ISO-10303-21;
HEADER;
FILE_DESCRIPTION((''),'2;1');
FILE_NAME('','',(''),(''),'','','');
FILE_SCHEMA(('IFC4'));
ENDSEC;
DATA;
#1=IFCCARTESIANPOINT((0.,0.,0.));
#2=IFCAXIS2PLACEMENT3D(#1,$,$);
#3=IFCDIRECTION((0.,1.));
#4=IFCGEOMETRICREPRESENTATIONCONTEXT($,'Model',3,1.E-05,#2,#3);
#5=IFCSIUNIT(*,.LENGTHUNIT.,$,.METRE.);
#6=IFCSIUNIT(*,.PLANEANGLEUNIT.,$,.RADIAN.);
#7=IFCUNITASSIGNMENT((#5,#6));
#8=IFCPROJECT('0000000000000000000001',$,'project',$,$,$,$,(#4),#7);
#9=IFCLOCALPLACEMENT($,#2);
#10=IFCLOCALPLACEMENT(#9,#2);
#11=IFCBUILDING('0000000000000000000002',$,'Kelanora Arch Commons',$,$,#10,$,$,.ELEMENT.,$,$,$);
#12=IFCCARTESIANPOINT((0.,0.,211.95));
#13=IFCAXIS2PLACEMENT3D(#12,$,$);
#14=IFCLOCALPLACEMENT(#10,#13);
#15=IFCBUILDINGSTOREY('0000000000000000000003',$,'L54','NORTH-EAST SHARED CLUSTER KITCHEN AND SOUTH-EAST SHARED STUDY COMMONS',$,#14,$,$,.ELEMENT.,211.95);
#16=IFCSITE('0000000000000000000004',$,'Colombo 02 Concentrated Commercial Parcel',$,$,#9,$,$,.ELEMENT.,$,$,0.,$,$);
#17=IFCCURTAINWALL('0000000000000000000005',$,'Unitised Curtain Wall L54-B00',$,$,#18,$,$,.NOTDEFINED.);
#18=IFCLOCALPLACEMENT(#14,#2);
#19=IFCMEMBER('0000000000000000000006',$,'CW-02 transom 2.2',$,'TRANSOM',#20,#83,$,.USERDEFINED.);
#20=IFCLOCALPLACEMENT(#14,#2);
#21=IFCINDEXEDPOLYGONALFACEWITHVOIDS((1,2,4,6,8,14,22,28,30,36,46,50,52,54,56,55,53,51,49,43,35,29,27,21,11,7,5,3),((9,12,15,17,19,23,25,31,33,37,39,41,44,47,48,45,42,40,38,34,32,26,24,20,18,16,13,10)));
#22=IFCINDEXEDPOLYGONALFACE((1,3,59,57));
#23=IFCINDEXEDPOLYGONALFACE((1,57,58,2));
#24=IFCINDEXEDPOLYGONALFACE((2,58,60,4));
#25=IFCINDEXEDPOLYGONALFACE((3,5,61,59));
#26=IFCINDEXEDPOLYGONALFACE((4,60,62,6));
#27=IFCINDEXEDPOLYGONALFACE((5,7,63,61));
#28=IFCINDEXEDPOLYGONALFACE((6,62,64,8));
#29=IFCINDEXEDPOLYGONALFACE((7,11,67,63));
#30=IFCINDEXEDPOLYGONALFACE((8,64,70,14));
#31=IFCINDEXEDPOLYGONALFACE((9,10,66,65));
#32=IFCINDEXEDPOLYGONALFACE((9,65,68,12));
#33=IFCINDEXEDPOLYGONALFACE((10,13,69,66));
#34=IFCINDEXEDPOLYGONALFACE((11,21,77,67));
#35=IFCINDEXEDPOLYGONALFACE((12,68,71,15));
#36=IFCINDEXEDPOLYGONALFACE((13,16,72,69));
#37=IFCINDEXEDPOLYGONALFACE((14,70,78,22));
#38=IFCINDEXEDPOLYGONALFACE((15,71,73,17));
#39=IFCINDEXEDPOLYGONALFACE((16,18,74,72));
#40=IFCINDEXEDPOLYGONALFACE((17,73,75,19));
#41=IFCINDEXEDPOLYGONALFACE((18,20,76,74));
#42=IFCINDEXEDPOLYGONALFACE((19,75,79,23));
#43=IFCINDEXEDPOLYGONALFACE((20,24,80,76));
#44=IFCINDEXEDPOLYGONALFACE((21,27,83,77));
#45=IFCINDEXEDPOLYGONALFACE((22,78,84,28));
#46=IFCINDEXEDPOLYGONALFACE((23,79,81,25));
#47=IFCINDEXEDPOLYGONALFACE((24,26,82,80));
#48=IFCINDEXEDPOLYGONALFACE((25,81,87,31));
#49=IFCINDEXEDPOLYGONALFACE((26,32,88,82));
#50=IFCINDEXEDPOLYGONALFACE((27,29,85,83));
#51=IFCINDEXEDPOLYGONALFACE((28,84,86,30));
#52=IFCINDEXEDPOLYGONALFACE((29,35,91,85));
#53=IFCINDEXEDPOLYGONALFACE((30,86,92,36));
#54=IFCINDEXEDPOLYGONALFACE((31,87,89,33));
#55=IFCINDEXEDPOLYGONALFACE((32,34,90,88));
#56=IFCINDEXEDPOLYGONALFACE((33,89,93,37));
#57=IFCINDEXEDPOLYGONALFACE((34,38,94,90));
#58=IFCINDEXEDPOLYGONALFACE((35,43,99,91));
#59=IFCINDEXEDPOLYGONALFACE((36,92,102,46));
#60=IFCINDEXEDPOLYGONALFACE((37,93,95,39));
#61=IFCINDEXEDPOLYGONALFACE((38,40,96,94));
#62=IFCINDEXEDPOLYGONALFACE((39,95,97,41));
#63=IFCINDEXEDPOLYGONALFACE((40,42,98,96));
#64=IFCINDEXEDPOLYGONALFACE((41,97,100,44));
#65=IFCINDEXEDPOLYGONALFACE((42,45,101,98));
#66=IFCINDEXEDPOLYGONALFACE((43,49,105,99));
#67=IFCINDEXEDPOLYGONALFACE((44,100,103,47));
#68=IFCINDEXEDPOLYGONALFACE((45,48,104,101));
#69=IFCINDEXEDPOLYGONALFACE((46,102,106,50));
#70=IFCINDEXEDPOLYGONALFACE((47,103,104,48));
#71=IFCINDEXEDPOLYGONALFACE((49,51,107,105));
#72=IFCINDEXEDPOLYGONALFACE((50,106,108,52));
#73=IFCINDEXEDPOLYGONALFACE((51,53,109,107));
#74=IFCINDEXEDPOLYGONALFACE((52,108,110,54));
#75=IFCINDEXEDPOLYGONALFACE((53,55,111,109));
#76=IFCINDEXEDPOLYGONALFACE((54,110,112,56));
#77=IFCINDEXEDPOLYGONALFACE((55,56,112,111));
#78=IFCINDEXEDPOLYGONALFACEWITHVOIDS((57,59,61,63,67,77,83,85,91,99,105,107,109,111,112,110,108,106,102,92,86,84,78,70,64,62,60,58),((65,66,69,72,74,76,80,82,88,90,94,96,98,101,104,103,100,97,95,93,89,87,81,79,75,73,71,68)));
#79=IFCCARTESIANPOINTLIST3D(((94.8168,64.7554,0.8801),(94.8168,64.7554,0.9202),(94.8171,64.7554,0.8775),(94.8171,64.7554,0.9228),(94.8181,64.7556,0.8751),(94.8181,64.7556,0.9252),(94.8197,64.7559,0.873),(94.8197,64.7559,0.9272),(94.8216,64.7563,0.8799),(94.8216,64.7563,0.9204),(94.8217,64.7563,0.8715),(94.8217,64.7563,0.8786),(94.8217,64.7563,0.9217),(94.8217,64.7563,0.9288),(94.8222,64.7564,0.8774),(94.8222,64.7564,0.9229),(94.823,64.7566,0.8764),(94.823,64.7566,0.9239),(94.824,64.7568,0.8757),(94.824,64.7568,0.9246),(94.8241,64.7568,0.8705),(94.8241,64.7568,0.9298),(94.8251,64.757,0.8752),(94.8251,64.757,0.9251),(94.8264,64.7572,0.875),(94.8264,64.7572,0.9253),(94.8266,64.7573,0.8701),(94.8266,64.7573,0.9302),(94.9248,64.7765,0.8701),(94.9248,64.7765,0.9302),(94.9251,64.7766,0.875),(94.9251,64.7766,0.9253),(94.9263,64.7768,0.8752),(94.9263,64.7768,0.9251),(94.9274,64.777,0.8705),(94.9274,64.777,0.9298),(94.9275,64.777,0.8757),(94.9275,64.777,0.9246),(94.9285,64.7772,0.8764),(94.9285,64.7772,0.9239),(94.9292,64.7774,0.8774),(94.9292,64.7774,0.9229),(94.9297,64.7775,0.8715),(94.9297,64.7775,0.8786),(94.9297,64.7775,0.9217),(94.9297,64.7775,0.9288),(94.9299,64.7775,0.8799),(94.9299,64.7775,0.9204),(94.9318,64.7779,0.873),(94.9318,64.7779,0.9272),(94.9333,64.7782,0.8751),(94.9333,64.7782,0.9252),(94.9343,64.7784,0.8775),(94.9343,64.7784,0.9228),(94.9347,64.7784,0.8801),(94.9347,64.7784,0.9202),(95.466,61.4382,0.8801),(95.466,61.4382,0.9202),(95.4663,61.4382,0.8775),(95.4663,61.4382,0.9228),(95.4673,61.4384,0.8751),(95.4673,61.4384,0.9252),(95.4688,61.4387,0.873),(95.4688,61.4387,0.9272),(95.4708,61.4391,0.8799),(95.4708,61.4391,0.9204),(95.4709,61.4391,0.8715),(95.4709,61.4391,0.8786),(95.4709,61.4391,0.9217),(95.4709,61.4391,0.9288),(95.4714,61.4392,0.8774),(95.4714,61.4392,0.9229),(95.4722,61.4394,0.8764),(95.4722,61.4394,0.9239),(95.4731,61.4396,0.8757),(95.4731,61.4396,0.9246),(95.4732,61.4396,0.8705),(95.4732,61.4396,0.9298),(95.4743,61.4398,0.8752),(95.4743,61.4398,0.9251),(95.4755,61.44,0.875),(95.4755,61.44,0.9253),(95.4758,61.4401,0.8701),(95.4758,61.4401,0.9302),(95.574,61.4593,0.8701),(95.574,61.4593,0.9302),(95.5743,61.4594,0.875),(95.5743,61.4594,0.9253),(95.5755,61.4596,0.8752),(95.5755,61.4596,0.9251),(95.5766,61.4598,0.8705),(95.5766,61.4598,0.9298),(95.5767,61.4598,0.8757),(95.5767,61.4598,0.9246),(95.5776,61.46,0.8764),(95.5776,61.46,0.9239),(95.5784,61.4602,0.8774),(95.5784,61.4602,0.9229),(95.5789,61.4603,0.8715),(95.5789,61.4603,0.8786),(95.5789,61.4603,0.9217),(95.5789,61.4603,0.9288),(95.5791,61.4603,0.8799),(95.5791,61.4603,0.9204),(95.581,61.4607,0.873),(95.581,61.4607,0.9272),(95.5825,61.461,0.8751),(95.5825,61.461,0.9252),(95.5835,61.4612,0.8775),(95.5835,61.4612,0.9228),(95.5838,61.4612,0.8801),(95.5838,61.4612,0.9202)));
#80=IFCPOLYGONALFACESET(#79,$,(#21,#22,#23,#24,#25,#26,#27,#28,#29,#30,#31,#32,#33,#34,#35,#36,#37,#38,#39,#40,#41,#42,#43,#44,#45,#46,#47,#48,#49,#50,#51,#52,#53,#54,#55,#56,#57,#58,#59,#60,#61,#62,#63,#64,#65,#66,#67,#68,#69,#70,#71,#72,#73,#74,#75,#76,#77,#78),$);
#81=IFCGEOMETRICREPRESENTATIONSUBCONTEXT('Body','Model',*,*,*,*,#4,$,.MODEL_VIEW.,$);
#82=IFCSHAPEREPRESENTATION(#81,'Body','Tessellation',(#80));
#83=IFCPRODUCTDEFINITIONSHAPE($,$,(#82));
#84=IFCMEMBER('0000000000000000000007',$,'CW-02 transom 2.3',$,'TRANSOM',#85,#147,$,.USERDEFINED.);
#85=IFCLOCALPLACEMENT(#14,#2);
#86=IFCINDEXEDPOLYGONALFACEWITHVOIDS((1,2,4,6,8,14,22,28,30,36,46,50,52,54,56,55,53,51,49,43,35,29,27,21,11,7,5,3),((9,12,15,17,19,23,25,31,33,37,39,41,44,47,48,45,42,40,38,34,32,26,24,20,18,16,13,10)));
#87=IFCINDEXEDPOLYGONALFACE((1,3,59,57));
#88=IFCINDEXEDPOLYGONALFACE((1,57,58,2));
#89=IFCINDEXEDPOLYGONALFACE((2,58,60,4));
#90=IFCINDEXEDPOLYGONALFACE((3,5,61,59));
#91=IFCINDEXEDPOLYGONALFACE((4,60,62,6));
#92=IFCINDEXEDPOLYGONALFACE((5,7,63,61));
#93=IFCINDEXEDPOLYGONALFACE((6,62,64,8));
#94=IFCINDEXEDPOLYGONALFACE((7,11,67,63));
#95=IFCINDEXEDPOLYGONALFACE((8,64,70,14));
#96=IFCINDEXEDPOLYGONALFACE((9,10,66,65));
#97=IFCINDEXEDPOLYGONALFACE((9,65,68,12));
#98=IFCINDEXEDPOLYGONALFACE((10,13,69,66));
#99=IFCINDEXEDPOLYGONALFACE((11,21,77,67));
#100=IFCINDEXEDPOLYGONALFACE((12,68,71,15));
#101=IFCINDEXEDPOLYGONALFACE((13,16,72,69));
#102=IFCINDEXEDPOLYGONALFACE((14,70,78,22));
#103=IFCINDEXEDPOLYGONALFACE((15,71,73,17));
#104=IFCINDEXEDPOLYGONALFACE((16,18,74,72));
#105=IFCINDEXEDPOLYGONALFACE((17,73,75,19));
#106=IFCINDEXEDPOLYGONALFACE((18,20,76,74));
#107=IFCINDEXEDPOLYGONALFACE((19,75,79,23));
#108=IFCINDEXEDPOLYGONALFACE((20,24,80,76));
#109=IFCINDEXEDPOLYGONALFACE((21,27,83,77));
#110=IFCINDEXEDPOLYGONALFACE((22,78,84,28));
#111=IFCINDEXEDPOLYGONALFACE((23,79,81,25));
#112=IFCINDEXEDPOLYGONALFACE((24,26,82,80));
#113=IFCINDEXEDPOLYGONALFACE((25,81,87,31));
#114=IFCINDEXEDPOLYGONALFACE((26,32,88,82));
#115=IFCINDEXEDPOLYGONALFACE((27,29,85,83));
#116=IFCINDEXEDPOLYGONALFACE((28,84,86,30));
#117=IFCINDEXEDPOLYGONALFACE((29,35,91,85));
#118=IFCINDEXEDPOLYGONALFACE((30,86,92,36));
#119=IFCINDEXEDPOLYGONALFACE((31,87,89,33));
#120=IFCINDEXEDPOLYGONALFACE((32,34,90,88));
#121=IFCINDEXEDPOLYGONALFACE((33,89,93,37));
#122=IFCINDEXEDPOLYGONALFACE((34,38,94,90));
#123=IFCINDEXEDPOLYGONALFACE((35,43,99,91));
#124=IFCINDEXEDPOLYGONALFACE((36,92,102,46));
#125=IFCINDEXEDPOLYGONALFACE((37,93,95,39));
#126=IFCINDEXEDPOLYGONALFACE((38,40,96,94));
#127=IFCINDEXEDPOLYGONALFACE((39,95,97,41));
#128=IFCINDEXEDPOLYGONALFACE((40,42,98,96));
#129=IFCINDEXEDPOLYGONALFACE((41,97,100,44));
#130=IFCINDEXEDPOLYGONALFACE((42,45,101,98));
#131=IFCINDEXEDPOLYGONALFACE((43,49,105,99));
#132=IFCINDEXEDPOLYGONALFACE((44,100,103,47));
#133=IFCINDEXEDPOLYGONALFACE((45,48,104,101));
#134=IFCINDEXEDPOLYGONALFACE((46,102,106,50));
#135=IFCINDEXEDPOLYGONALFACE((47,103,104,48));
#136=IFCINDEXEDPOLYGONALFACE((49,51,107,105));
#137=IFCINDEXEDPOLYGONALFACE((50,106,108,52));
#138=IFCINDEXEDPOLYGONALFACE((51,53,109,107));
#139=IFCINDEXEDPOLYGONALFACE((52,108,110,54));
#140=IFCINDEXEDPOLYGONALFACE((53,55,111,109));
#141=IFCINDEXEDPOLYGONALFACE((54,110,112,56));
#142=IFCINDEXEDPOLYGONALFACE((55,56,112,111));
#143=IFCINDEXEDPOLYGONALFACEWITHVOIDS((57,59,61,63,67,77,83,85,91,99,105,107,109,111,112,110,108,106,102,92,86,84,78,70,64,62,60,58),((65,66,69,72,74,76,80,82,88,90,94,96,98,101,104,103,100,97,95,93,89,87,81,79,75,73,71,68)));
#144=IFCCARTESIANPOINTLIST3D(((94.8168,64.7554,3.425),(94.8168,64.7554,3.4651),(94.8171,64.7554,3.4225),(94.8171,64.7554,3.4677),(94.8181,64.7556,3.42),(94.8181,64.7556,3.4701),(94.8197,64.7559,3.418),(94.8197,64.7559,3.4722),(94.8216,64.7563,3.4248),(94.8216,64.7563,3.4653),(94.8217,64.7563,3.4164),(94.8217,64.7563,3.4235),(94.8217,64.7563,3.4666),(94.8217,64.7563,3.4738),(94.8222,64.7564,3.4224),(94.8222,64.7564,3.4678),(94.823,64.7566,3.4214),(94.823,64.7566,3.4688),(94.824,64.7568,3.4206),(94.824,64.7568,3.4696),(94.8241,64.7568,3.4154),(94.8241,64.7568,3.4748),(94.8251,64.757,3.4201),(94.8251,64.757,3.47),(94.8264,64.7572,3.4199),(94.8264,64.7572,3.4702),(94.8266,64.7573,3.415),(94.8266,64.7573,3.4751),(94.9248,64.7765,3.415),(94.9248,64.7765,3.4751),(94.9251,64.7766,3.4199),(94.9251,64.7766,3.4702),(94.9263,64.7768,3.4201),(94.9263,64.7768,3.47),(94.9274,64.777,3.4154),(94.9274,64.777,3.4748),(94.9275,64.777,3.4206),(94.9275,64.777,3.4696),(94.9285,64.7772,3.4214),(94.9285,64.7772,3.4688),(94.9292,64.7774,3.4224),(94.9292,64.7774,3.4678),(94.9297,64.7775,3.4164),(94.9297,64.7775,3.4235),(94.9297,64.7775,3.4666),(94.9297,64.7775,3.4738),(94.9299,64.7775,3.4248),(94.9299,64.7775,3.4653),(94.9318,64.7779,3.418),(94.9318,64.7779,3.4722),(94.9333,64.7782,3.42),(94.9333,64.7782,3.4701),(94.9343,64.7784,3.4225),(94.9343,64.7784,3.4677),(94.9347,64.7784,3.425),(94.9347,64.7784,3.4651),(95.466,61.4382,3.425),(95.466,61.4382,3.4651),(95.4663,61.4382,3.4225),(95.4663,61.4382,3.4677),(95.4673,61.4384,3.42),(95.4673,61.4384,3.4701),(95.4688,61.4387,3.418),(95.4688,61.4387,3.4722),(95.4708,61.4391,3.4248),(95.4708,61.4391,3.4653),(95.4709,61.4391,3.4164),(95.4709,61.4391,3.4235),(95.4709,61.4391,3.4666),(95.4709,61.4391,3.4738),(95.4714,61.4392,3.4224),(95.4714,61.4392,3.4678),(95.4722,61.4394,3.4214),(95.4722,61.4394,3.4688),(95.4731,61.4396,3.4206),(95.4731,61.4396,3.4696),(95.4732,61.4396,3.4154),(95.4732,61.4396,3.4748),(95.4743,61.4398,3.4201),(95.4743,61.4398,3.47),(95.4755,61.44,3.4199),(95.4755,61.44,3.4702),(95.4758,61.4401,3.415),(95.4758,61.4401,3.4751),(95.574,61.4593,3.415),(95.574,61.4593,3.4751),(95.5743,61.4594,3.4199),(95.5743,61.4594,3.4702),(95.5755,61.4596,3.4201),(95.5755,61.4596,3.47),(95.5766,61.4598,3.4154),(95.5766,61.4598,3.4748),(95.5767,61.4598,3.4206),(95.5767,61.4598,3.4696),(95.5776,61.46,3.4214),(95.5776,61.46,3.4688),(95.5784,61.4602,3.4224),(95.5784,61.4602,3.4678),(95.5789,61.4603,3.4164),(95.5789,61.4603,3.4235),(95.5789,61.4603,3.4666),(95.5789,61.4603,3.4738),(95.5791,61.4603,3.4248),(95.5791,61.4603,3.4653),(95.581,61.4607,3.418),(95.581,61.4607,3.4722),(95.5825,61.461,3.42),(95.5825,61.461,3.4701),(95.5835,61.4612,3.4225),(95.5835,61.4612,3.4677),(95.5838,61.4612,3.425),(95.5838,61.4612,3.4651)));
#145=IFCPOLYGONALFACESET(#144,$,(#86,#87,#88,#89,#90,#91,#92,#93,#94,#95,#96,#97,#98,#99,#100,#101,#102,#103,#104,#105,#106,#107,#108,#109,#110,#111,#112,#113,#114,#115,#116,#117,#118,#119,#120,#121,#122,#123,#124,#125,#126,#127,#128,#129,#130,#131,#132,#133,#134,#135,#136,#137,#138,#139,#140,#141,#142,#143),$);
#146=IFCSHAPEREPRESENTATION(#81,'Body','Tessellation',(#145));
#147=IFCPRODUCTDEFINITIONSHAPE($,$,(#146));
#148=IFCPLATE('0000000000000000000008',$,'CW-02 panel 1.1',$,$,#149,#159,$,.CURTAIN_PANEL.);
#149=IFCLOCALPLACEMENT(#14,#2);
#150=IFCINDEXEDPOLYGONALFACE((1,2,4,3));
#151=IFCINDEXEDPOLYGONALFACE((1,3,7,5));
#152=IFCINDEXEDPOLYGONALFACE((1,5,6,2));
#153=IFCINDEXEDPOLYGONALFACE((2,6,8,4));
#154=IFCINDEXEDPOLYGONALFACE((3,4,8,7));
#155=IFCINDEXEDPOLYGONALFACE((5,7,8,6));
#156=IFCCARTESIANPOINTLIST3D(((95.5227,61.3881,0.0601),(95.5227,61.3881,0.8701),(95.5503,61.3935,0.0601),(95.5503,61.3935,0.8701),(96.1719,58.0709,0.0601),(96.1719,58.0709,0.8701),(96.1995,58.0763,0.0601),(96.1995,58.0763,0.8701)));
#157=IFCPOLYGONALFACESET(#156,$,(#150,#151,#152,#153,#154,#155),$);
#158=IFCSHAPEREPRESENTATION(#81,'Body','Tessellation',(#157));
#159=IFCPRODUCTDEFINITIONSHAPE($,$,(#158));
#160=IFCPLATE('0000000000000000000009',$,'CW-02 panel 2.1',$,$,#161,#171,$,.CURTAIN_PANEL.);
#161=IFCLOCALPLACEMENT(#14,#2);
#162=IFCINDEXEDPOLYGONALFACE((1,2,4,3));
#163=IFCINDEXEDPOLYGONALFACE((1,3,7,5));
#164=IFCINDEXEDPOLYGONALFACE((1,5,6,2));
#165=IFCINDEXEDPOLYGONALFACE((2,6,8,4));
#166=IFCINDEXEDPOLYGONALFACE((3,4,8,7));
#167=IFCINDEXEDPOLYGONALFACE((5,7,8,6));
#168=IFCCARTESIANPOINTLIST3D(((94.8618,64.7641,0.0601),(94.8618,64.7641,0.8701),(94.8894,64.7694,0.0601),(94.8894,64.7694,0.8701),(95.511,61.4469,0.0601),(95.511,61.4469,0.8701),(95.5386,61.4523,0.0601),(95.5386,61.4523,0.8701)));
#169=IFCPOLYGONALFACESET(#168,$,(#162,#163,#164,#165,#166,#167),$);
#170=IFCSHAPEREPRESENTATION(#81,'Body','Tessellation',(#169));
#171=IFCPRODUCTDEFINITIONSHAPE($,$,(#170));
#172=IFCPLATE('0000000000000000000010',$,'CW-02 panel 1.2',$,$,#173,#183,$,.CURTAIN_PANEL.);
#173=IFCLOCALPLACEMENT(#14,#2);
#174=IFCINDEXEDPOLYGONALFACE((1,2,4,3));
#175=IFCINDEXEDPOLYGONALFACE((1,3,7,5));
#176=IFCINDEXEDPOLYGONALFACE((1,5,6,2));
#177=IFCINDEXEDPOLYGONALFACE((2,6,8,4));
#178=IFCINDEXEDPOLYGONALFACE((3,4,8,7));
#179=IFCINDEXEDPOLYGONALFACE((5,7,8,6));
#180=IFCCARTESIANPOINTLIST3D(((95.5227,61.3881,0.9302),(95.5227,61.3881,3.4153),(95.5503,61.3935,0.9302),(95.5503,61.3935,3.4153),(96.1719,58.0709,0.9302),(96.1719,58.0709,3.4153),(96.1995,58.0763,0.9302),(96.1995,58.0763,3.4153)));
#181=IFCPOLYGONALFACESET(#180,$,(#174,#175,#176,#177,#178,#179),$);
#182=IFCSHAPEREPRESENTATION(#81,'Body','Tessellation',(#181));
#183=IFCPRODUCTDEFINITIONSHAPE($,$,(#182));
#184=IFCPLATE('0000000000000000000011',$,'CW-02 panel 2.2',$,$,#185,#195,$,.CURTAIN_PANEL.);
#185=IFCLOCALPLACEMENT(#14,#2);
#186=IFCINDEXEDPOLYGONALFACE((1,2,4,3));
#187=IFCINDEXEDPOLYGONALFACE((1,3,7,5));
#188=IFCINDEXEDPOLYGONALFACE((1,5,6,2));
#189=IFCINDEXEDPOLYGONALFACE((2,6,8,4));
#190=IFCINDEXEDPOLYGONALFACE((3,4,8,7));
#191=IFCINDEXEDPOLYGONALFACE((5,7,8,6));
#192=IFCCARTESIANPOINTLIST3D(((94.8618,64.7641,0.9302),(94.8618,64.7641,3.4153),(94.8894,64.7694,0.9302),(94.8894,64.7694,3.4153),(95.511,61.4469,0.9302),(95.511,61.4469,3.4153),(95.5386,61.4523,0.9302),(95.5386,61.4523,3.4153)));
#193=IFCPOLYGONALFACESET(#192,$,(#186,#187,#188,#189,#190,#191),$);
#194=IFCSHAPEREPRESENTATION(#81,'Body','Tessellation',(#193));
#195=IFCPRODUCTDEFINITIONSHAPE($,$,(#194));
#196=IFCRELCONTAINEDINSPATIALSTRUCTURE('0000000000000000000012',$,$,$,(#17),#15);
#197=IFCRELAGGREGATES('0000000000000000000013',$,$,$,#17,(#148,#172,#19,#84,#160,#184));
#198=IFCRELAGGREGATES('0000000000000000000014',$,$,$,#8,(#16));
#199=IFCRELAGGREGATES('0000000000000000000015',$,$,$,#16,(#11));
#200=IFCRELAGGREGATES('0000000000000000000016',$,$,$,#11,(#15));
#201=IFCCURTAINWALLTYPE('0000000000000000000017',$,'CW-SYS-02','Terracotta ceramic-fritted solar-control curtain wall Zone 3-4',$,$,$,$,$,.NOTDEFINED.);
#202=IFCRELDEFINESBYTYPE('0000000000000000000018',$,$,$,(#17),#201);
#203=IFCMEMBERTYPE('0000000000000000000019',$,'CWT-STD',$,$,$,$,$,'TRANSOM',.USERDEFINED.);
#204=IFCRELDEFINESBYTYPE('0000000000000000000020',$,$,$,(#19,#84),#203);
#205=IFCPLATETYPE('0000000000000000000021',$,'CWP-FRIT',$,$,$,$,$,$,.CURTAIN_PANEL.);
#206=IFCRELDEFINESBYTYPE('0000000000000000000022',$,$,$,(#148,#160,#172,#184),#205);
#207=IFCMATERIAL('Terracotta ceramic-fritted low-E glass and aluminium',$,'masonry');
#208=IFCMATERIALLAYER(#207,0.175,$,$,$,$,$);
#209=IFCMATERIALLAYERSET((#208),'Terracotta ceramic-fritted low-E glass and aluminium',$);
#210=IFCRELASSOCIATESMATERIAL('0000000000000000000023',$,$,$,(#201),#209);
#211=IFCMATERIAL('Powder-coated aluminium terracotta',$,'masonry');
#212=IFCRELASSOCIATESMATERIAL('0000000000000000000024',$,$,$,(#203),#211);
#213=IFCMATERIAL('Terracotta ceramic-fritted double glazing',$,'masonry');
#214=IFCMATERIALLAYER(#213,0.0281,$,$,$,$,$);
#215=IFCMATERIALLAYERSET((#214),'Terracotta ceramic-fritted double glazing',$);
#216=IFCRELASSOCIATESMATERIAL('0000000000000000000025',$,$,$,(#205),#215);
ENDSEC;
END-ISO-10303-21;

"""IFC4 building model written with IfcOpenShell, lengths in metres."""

from ifc_helpers import new_model, si_unit, direction, frame, origin, origin_2d, place, context, subcontext, project, spatial, rectangle, hollow_rectangle, extrude, source, transform, mapped, material, layer, layer_set, material_profile, profile_set, type_object, element, aggregate, save


model = new_model("IFC4")

# Units and contexts
model_context = context("Model", 3, precision=1e-05, world=origin(), true_north=direction((0.0, 1.0)))
body_context = subcontext(model_context, "Body", "Model", "MODEL_VIEW")
ifc_project = project(units=[si_unit("LENGTHUNIT", "METRE"), si_unit("PLANEANGLEUNIT", "RADIAN")], contexts=[model_context])

# Site, building, storey
site_placement = place(None, origin())
site = spatial("IfcSite", under=ifc_project, at=site_placement, Name="Colombo 02 Concentrated Commercial Parcel", CompositionType="ELEMENT", RefElevation=0.0)
building_placement = place(site_placement, origin())
building = spatial("IfcBuilding", under=site, at=building_placement, Name="Kelanora Arch Commons", CompositionType="ELEMENT")
storey_placement = place(building_placement, frame((0.0, 0.0, 211.95)))
storey = spatial("IfcBuildingStorey", under=building, at=storey_placement, Name="L54", Description="NORTH-EAST SHARED CLUSTER KITCHEN AND SOUTH-EAST SHARED STUDY COMMONS", CompositionType="ELEMENT", Elevation=211.95)

# Curtain wall, members, plates
ifc_material_1 = material(Name="Terracotta ceramic-fritted low-E glass and aluminium", Category="masonry")
ifc_layer_1 = layer(ifc_material_1, 0.175)
ifc_layer_set_1 = layer_set([ifc_layer_1], Name="Terracotta ceramic-fritted low-E glass and aluminium")
curtain_wall_type = type_object("IfcCurtainWallType", Name="CW-SYS-02", Description="Terracotta ceramic-fritted solar-control curtain wall Zone 3-4", PredefinedType="NOTDEFINED", material=ifc_layer_set_1)
curtain_wall_placement = place(storey_placement, origin())
curtain_wall = element("IfcCurtainWall", 1, at=curtain_wall_placement, inside=storey, type_object=curtain_wall_type, Name="Unitised Curtain Wall L54-B00", PredefinedType="NOTDEFINED")
ifc_material_2 = material(Name="Powder-coated aluminium terracotta", Category="masonry")
ifc_material_profile_1 = material_profile(ifc_material_2, hollow_rectangle(XDim=0.1201, YDim=0.0601, WallThickness=0.0049, InnerFilletRadius=0.0049, OuterFilletRadius=0.01, at=origin_2d()), Name="CWT120x60")
ifc_profile_set_1 = profile_set([ifc_material_profile_1], Name="Powder-coated aluminium terracotta")
member_type_1 = type_object("IfcMemberType", Name="CWT-STD", ElementType="TRANSOM", PredefinedType="USERDEFINED", material=ifc_profile_set_1)
member_1_placement = place(storey_placement, frame((95.5249, 61.4497, 0.9001), z_axis=(-0.192058, 0.981383, 0.0), x_axis=(-0.981383, -0.192058, 0.0)))
member_1 = element("IfcMember", 2, at=member_1_placement, type_object=member_type_1, Name="CW-02 transom 2.2", ObjectType="TRANSOM", PredefinedType="USERDEFINED", context=body_context, shape_type="SweptSolid", body=[
    extrude(hollow_rectangle(XDim=0.1201, YDim=0.0601, WallThickness=0.0049, InnerFilletRadius=0.0049, OuterFilletRadius=0.01, at=origin_2d()), origin(), (0.0, 0.0, 1.0), 3.3801),
])
member_2_placement = place(storey_placement, frame((95.5249, 61.4497, 3.4451), z_axis=(-0.192058, 0.981383, 0.0), x_axis=(-0.981383, -0.192058, 0.0)))
member_2 = element("IfcMember", 3, at=member_2_placement, type_object=member_type_1, Name="CW-02 transom 2.3", ObjectType="TRANSOM", PredefinedType="USERDEFINED", context=body_context, shape_type="SweptSolid", body=[
    extrude(hollow_rectangle(XDim=0.1201, YDim=0.0601, WallThickness=0.0049, InnerFilletRadius=0.0049, OuterFilletRadius=0.01, at=origin_2d()), origin(), (0.0, 0.0, 1.0), 3.3801),
])
ifc_material_3 = material(Name="Terracotta ceramic-fritted double glazing", Category="masonry")
ifc_layer_2 = layer(ifc_material_3, 0.0281)
ifc_layer_set_2 = layer_set([ifc_layer_2], Name="Terracotta ceramic-fritted double glazing")
plate_type = type_object("IfcPlateType", Name="CWP-FRIT", PredefinedType="CURTAIN_PANEL", material=ifc_layer_set_2)
shared_shape_1 = source(origin(), body_context, "Body", "SweptSolid", [
    extrude(rectangle(XDim=3.3801, YDim=0.0281, at=origin_2d()), origin(), (0.0, 0.0, 1.0), 0.8101),
])
plate_1_placement = place(storey_placement, frame((95.8611, 59.7322, 0.0601), z_axis=(0.0, 0.0, 1.0), x_axis=(-0.192069, 0.981381, 0.0)))
plate_1 = element("IfcPlate", 4, at=plate_1_placement, type_object=plate_type, Name="CW-02 panel 1.1", PredefinedType="CURTAIN_PANEL", context=body_context, shape_type="MappedRepresentation", body=[
    mapped(shared_shape_1, transform((0.0, 0.0, 0.0), scale=1.0)),
])
plate_2_placement = place(storey_placement, frame((95.2002, 63.1082, 0.0601), z_axis=(0.0, 0.0, 1.0), x_axis=(-0.192069, 0.981381, 0.0)))
plate_2 = element("IfcPlate", 5, at=plate_2_placement, type_object=plate_type, Name="CW-02 panel 2.1", PredefinedType="CURTAIN_PANEL", context=body_context, shape_type="MappedRepresentation", body=[
    mapped(shared_shape_1, transform((0.0, 0.0, 0.0), scale=1.0)),
])
shared_shape_2 = source(origin(), body_context, "Body", "SweptSolid", [
    extrude(rectangle(XDim=3.3801, YDim=0.0281, at=origin_2d()), origin(), (0.0, 0.0, 1.0), 2.4851),
])
plate_3_placement = place(storey_placement, frame((95.8611, 59.7322, 0.9302), z_axis=(0.0, 0.0, 1.0), x_axis=(-0.192069, 0.981381, 0.0)))
plate_3 = element("IfcPlate", 6, at=plate_3_placement, type_object=plate_type, Name="CW-02 panel 1.2", PredefinedType="CURTAIN_PANEL", context=body_context, shape_type="MappedRepresentation", body=[
    mapped(shared_shape_2, transform((0.0, 0.0, 0.0), scale=1.0)),
])
plate_4_placement = place(storey_placement, frame((95.2002, 63.1082, 0.9302), z_axis=(0.0, 0.0, 1.0), x_axis=(-0.192069, 0.981381, 0.0)))
plate_4 = element("IfcPlate", 7, at=plate_4_placement, type_object=plate_type, Name="CW-02 panel 2.2", PredefinedType="CURTAIN_PANEL", context=body_context, shape_type="MappedRepresentation", body=[
    mapped(shared_shape_2, transform((0.0, 0.0, 0.0), scale=1.0)),
])
aggregate(curtain_wall, [plate_1, plate_3, member_1, member_2, plate_2, plate_4])

save(model, "model.ifc")
